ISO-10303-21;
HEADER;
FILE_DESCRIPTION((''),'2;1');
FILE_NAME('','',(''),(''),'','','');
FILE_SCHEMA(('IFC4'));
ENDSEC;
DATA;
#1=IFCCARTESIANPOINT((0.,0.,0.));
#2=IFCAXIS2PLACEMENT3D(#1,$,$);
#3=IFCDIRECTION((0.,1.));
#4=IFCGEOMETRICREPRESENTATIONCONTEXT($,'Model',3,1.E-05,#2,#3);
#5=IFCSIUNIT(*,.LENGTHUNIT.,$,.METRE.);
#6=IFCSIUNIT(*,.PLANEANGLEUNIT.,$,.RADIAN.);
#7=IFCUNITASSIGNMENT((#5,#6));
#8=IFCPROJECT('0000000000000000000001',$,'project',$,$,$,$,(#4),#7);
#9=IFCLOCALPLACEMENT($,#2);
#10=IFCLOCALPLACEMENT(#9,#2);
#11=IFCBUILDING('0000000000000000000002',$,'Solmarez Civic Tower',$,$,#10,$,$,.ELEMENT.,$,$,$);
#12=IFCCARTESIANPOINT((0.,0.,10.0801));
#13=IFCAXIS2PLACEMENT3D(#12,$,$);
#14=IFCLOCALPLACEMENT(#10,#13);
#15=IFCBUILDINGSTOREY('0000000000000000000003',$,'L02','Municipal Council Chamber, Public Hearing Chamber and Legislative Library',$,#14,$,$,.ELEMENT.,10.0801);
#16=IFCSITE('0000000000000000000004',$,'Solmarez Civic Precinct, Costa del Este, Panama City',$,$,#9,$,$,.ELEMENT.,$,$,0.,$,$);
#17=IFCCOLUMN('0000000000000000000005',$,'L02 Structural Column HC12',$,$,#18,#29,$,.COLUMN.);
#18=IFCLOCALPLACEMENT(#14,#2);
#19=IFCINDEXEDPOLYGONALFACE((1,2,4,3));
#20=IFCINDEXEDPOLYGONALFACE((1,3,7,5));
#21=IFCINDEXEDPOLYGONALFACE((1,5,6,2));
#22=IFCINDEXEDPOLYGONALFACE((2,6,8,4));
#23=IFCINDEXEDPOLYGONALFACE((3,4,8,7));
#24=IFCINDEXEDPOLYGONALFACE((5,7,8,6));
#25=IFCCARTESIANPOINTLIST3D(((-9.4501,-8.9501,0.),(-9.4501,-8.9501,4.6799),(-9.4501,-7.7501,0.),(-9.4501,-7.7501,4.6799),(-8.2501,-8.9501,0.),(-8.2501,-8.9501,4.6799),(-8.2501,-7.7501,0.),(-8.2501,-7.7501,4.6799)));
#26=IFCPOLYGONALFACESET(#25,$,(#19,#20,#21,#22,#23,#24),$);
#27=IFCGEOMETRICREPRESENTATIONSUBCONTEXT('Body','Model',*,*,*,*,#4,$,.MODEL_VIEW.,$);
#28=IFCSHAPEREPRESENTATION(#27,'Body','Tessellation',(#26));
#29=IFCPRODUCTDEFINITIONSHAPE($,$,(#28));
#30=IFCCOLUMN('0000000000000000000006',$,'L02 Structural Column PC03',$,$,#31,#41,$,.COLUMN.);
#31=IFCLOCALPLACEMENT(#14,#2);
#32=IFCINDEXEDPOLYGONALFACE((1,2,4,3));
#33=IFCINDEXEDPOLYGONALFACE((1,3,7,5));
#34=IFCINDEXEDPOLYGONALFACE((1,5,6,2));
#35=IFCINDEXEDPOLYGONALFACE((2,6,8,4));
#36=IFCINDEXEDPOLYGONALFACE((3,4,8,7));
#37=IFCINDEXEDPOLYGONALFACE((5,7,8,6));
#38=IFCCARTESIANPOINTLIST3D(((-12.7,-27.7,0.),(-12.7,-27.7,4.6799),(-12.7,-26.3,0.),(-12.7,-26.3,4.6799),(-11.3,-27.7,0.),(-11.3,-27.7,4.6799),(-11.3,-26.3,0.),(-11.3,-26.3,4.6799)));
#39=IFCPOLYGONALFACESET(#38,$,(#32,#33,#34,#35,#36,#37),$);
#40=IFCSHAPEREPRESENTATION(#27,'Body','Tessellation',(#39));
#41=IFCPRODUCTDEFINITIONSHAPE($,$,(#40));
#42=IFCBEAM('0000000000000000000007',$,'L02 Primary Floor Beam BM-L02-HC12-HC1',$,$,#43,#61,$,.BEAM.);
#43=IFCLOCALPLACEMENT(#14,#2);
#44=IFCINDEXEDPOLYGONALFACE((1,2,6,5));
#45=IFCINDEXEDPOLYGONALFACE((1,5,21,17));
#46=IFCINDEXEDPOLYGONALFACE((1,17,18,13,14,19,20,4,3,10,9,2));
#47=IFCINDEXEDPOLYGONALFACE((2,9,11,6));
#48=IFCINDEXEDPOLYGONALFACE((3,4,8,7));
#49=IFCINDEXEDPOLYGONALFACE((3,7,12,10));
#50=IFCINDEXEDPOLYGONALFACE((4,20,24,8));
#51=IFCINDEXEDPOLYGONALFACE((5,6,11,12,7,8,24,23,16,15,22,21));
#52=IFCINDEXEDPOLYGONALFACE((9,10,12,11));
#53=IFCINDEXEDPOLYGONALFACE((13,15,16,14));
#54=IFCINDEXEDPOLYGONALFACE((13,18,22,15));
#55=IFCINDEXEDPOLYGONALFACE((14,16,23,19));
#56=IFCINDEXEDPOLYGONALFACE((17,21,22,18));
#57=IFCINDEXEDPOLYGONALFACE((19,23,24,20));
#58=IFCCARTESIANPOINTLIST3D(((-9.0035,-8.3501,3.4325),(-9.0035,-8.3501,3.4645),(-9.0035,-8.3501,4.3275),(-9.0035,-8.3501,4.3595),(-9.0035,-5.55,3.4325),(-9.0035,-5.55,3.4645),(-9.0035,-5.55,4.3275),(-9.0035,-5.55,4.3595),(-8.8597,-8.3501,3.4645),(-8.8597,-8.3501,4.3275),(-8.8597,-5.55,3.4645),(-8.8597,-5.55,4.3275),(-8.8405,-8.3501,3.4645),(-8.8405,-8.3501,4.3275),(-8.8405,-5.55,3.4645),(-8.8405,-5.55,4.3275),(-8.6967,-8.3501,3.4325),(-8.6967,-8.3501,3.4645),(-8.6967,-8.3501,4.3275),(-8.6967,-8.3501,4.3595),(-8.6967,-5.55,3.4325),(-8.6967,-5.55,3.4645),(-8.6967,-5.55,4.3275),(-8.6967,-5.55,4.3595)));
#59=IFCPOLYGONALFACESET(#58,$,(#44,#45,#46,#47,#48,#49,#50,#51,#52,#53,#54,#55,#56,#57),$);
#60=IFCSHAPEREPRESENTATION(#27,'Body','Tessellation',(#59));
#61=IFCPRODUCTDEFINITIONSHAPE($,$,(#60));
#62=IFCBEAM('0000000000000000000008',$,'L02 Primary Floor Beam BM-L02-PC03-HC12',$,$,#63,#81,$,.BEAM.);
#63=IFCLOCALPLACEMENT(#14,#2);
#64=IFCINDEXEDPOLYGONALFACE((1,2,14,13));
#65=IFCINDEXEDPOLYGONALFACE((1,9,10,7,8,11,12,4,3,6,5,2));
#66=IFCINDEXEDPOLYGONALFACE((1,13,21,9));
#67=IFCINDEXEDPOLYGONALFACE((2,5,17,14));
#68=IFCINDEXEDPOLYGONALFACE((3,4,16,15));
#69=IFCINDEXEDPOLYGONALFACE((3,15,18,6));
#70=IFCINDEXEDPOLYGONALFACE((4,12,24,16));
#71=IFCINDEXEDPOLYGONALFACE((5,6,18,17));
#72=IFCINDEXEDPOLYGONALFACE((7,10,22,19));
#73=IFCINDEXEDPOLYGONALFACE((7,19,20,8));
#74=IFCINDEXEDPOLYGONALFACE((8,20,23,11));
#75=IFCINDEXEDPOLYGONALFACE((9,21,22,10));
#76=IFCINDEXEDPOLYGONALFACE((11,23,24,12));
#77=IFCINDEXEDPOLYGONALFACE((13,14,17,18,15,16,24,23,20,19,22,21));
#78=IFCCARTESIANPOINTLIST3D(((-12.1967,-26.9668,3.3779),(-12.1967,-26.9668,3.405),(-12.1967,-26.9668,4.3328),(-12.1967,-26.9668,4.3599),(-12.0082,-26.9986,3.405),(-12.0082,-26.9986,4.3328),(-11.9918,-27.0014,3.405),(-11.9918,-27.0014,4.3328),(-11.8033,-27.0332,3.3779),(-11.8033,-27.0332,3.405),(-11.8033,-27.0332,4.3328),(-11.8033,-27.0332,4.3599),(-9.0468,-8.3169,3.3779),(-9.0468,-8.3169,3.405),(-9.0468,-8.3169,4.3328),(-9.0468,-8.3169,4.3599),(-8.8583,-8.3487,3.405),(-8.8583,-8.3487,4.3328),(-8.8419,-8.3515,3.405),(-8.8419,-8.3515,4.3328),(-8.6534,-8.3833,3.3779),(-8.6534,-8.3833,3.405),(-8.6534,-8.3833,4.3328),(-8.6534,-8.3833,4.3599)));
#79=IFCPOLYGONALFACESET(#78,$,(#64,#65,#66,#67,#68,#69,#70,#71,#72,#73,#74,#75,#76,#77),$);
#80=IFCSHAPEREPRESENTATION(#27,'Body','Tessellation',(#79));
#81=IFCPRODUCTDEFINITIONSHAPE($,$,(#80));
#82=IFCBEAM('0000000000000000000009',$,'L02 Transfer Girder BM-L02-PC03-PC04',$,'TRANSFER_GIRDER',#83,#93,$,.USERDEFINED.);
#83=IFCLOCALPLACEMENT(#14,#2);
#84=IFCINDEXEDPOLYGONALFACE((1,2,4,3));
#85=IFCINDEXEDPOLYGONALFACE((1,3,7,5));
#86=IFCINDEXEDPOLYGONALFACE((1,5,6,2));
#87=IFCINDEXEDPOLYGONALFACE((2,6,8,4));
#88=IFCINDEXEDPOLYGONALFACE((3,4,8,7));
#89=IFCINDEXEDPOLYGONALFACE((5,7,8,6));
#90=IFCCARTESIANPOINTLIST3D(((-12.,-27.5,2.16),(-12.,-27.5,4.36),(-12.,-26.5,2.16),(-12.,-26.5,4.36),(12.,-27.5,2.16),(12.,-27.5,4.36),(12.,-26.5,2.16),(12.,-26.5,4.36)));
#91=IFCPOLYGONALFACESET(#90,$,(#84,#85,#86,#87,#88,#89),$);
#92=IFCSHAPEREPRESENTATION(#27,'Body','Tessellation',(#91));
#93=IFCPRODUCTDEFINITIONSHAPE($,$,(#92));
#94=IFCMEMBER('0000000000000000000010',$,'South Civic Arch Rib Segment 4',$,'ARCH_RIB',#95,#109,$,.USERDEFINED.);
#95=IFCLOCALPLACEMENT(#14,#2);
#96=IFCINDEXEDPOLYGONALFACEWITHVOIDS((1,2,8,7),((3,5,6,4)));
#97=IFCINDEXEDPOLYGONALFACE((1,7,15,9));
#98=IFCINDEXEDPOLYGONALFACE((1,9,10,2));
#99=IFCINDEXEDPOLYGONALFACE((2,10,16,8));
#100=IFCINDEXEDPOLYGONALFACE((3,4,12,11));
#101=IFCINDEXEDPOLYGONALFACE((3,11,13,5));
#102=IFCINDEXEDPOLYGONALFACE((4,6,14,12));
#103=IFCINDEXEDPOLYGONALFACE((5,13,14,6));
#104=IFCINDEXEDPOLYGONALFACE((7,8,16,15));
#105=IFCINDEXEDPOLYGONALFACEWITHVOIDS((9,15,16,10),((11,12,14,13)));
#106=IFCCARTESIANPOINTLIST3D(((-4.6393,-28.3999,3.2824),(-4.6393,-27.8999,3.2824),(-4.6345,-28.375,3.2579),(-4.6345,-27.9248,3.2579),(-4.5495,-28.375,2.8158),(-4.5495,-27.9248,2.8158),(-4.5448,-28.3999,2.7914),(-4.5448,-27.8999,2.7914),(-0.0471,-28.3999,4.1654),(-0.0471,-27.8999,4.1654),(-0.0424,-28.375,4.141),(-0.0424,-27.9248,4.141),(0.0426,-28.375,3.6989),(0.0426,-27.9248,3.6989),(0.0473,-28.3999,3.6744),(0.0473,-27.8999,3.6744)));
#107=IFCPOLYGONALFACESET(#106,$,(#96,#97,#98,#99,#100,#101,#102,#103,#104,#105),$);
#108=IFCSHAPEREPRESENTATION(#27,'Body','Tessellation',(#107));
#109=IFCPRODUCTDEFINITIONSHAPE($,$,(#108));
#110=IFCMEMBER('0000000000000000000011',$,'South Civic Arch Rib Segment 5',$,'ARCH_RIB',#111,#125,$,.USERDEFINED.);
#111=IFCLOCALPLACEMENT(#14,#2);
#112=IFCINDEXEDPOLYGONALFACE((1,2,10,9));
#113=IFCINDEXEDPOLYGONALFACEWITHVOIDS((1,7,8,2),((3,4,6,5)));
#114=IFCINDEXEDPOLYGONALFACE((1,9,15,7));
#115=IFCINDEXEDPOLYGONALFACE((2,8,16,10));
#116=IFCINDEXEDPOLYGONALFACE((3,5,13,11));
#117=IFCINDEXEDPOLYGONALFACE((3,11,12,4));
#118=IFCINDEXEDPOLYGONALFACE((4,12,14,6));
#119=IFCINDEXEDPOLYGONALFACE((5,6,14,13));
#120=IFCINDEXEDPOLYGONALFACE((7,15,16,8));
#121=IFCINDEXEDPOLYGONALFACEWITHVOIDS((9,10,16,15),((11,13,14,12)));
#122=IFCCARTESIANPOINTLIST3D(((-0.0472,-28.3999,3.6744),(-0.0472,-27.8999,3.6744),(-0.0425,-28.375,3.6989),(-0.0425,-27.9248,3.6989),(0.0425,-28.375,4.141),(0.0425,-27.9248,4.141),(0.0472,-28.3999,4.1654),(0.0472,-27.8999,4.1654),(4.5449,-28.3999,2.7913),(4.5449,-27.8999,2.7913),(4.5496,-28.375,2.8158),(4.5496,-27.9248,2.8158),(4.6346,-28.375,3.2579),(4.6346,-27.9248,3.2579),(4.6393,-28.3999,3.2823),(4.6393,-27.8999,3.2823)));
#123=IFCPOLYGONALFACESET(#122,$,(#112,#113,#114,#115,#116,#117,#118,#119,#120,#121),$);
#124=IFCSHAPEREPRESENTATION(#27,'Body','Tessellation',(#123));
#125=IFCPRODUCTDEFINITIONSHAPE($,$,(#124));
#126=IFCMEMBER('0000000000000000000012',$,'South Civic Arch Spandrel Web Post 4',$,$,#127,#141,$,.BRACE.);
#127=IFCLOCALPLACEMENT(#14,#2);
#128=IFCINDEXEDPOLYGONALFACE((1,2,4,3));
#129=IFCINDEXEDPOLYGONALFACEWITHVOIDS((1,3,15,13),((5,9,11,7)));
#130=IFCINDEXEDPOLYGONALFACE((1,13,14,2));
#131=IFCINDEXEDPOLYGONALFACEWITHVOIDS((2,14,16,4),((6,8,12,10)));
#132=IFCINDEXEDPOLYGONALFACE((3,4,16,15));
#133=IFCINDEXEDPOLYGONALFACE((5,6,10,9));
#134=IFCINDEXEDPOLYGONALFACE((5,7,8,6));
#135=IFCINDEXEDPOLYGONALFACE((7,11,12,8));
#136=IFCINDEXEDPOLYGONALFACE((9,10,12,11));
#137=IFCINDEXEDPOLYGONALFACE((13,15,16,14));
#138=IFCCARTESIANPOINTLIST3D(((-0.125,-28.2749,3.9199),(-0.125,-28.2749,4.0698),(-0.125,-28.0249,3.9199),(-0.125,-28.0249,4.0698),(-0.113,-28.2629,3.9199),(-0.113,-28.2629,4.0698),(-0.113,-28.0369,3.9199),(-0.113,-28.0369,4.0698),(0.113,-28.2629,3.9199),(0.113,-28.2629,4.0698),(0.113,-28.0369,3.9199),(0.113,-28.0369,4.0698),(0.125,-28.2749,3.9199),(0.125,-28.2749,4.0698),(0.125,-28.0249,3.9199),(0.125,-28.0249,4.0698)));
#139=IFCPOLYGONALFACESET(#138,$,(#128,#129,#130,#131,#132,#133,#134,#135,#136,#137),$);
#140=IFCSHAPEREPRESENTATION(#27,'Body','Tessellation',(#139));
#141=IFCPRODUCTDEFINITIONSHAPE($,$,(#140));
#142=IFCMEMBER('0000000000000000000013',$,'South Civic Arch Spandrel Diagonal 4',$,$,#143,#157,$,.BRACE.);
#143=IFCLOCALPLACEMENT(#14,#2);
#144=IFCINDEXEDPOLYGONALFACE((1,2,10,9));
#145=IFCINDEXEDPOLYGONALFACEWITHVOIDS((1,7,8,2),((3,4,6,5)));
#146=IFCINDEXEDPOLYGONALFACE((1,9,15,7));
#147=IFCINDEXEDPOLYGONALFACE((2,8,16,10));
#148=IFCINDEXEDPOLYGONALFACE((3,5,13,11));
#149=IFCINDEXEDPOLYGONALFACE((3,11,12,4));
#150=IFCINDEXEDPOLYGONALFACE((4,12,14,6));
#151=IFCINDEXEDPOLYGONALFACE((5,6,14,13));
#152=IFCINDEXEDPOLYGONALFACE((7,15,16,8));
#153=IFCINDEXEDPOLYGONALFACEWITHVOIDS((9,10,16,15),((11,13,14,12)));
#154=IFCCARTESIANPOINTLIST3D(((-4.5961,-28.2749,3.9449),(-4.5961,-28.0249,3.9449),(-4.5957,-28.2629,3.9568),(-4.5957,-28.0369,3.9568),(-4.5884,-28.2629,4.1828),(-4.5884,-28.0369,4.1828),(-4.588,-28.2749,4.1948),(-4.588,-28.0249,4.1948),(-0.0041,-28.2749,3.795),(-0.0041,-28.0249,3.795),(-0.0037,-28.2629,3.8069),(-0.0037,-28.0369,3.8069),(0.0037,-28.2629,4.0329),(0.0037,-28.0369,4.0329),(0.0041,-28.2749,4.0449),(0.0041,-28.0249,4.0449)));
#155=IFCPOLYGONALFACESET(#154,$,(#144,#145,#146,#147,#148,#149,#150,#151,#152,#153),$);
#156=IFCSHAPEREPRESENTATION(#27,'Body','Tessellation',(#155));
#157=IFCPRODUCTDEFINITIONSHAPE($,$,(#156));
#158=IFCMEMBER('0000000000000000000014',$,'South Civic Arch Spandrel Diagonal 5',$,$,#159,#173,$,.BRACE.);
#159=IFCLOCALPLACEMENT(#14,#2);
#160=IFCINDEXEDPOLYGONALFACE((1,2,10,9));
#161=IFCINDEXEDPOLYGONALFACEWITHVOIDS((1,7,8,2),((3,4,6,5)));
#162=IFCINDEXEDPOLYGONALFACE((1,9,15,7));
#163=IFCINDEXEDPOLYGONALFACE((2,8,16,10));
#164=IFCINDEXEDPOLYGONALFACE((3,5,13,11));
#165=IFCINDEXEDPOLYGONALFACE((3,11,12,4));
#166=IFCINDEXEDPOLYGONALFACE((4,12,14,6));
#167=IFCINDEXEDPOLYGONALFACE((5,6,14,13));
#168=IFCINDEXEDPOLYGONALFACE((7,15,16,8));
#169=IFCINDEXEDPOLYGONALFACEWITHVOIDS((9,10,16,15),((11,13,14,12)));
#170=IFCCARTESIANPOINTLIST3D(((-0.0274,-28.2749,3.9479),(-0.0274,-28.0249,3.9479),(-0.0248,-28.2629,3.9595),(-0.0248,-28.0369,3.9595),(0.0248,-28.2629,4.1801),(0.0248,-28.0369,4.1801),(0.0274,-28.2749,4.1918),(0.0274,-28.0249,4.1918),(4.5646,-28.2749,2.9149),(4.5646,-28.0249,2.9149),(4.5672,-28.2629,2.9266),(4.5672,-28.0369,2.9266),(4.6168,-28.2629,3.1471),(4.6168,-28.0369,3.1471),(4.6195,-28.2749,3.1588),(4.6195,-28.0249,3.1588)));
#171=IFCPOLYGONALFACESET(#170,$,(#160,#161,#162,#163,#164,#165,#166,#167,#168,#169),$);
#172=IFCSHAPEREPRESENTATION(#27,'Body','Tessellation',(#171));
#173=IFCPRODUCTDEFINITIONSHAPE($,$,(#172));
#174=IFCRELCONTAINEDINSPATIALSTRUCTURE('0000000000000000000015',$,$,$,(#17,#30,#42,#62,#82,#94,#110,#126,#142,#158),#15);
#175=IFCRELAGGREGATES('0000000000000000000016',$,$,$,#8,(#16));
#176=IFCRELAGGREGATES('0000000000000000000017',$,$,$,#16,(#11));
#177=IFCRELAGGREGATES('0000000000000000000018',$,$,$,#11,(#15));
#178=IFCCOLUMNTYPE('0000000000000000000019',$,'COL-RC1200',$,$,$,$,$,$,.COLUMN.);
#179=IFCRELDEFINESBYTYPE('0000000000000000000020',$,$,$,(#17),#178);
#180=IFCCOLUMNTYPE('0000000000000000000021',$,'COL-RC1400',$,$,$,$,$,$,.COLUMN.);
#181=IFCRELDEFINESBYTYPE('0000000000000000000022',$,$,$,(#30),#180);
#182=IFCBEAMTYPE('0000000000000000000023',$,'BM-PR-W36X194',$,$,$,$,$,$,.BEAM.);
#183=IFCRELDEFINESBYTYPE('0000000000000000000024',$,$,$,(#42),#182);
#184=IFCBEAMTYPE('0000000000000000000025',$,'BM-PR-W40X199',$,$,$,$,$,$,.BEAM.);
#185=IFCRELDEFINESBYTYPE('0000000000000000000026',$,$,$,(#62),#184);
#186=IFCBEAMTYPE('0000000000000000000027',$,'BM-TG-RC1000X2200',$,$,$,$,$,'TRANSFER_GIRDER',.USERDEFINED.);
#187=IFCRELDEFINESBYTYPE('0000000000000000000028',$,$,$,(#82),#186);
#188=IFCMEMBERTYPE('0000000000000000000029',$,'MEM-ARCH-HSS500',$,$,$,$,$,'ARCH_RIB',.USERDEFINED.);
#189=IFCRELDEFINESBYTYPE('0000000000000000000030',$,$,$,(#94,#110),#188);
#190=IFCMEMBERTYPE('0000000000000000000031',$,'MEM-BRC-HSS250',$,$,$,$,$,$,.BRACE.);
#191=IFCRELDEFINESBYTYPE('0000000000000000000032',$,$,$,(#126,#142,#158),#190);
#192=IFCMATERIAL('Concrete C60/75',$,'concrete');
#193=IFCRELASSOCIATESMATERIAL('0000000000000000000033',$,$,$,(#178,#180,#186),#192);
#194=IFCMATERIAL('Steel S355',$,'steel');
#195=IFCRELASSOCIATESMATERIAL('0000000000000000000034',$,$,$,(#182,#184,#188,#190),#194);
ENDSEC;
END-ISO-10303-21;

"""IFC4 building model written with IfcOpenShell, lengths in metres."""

from ifc_helpers import new_model, si_unit, direction, frame, origin, origin_2d, place, context, subcontext, project, spatial, rectangle, hollow_rectangle, i_section, extrude, material, material_profile, profile_set, type_object, element, save


model = new_model("IFC4")

# Units and contexts
model_context = context("Model", 3, precision=1e-05, world=origin(), true_north=direction((0.0, 1.0)))
body_context = subcontext(model_context, "Body", "Model", "MODEL_VIEW")
ifc_project = project(units=[si_unit("LENGTHUNIT", "METRE"), si_unit("PLANEANGLEUNIT", "RADIAN")], contexts=[model_context])

# Site, building, storey
site_placement = place(None, origin())
site = spatial("IfcSite", under=ifc_project, at=site_placement, Name="Solmarez Civic Precinct, Costa del Este, Panama City", CompositionType="ELEMENT", RefElevation=0.0)
building_placement = place(site_placement, origin())
building = spatial("IfcBuilding", under=site, at=building_placement, Name="Solmarez Civic Tower", CompositionType="ELEMENT")
storey_placement = place(building_placement, frame((0.0, 0.0, 10.0801)))
storey = spatial("IfcBuildingStorey", under=building, at=storey_placement, Name="L02", Description="Municipal Council Chamber, Public Hearing Chamber and Legislative Library", CompositionType="ELEMENT", Elevation=10.0801)

# Columns
ifc_material_1 = material(Name="Concrete C60/75", Category="concrete")
ifc_material_profile_1 = material_profile(ifc_material_1, rectangle(XDim=1.2, YDim=1.2, at=origin_2d()), Name="RC1200X1200")
ifc_profile_set_1 = profile_set([ifc_material_profile_1], Name="Concrete C60/75")
column_type_1 = type_object("IfcColumnType", Name="COL-RC1200", PredefinedType="COLUMN", material=ifc_profile_set_1)
column_1_placement = place(storey_placement, frame((-8.8501, -8.3501, 0.0), z_axis=(0.0, 0.0, 1.0), x_axis=(1.0, 0.0, 0.0)))
element("IfcColumn", 1, at=column_1_placement, inside=storey, type_object=column_type_1, Name="L02 Structural Column HC12", PredefinedType="COLUMN", context=body_context, shape_type="SweptSolid", body=[
    extrude(rectangle(XDim=1.2, YDim=1.2, at=origin_2d()), origin(), (0.0, 0.0, 1.0), 4.6799),
])
ifc_material_profile_2 = material_profile(ifc_material_1, rectangle(XDim=1.3999, YDim=1.3999, at=origin_2d()), Name="RC1400X1400")
ifc_profile_set_2 = profile_set([ifc_material_profile_2], Name="Concrete C60/75")
column_type_2 = type_object("IfcColumnType", Name="COL-RC1400", PredefinedType="COLUMN", material=ifc_profile_set_2)
column_2_placement = place(storey_placement, frame((-12.0, -27.0, 0.0), z_axis=(0.0, 0.0, 1.0), x_axis=(1.0, 0.0, 0.0)))
element("IfcColumn", 2, at=column_2_placement, inside=storey, type_object=column_type_2, Name="L02 Structural Column PC03", PredefinedType="COLUMN", context=body_context, shape_type="SweptSolid", body=[
    extrude(rectangle(XDim=1.3999, YDim=1.3999, at=origin_2d()), origin(), (0.0, 0.0, 1.0), 4.6799),
])

# Beams
ifc_material_2 = material(Name="Steel S355", Category="steel")
ifc_material_profile_3 = material_profile(ifc_material_2, i_section(OverallWidth=0.3069, OverallDepth=0.927, WebThickness=0.0193, FlangeThickness=0.032, at=origin_2d()), Name="W36X194")
ifc_profile_set_3 = profile_set([ifc_material_profile_3], Name="Steel S355")
beam_type_1 = type_object("IfcBeamType", Name="BM-PR-W36X194", PredefinedType="BEAM", material=ifc_profile_set_3)
beam_1_placement = place(storey_placement, frame((-8.8501, -8.3501, 3.896), z_axis=(0.0, 1.0, 0.0), x_axis=(-1.0, 0.0, 0.0)))
element("IfcBeam", 3, at=beam_1_placement, inside=storey, type_object=beam_type_1, Name="L02 Primary Floor Beam BM-L02-HC12-HC1", PredefinedType="BEAM", context=body_context, shape_type="SweptSolid", body=[
    extrude(i_section(OverallWidth=0.3069, OverallDepth=0.927, WebThickness=0.0193, FlangeThickness=0.032, at=origin_2d()), origin(), (0.0, 0.0, 1.0), 2.8),
])
ifc_material_profile_4 = material_profile(ifc_material_2, i_section(OverallWidth=0.3989, OverallDepth=0.9819, WebThickness=0.0166, FlangeThickness=0.0271, at=origin_2d()), Name="W40X199")
ifc_profile_set_4 = profile_set([ifc_material_profile_4], Name="Steel S355")
beam_type_2 = type_object("IfcBeamType", Name="BM-PR-W40X199", PredefinedType="BEAM", material=ifc_profile_set_4)
beam_2_placement = place(storey_placement, frame((-12.0, -27.0, 3.8689), z_axis=(0.166538, 0.986035, 0.0), x_axis=(-0.986035, 0.166538, 0.0)))
element("IfcBeam", 4, at=beam_2_placement, inside=storey, type_object=beam_type_2, Name="L02 Primary Floor Beam BM-L02-PC03-HC12", PredefinedType="BEAM", context=body_context, shape_type="SweptSolid", body=[
    extrude(i_section(OverallWidth=0.3989, OverallDepth=0.9819, WebThickness=0.0166, FlangeThickness=0.0271, at=origin_2d()), origin(), (0.0, 0.0, 1.0), 18.9141),
])
ifc_material_profile_5 = material_profile(ifc_material_1, rectangle(XDim=1.0, YDim=2.2, at=origin_2d()), Name="RC1000X2200")
ifc_profile_set_5 = profile_set([ifc_material_profile_5], Name="Concrete C60/75")
beam_type_3 = type_object("IfcBeamType", Name="BM-TG-RC1000X2200", ElementType="TRANSFER_GIRDER", PredefinedType="USERDEFINED", material=ifc_profile_set_5)
beam_3_placement = place(storey_placement, frame((-12.0, -27.0, 3.26), z_axis=(1.0, 0.0, 0.0), x_axis=(0.0, 1.0, 0.0)))
element("IfcBeam", 5, at=beam_3_placement, inside=storey, type_object=beam_type_3, Name="L02 Transfer Girder BM-L02-PC03-PC04", ObjectType="TRANSFER_GIRDER", PredefinedType="USERDEFINED", context=body_context, shape_type="SweptSolid", body=[
    extrude(rectangle(XDim=1.0, YDim=2.2, at=origin_2d()), origin(), (0.0, 0.0, 1.0), 24.0),
])

# Members
ifc_material_profile_6 = material_profile(ifc_material_2, hollow_rectangle(XDim=0.5, YDim=0.5, WallThickness=0.0249, at=origin_2d()), Name="HSS500X500X25")
ifc_profile_set_6 = profile_set([ifc_material_profile_6], Name="Steel S355")
member_type_1 = type_object("IfcMemberType", Name="MEM-ARCH-HSS500", ElementType="ARCH_RIB", PredefinedType="USERDEFINED", material=ifc_profile_set_6)
for number, where, z_axis, x_axis, name in (
    (6, (-4.592, -28.1499, 3.0369), (0.982008, 0.0, 0.188842), (0.0, 1.0, 0.0), "South Civic Arch Rib Segment 4"),
    (7, (0.0, -28.1499, 3.9199), (0.982008, 0.0, -0.188842), (0.0, 1.0, 0.0), "South Civic Arch Rib Segment 5"),
):
    element("IfcMember", number, at=place(storey_placement, frame(where, z_axis=z_axis, x_axis=x_axis)), inside=storey, type_object=member_type_1, Name=name, ObjectType="ARCH_RIB", PredefinedType="USERDEFINED", context=body_context, shape_type="SweptSolid", body=[
        extrude(hollow_rectangle(XDim=0.5, YDim=0.5, WallThickness=0.0249, at=origin_2d()), origin(), (0.0, 0.0, 1.0), 4.6763),
    ])
ifc_material_profile_7 = material_profile(ifc_material_2, hollow_rectangle(XDim=0.25, YDim=0.25, WallThickness=0.012, at=origin_2d()), Name="HSS250X250X12")
ifc_profile_set_7 = profile_set([ifc_material_profile_7], Name="Steel S355")
member_type_2 = type_object("IfcMemberType", Name="MEM-BRC-HSS250", PredefinedType="BRACE", material=ifc_profile_set_7)
member_1_placement = place(storey_placement, frame((0.0, -28.1499, 3.9199), z_axis=(0.0, 0.0, 1.0), x_axis=(1.0, 0.0, 0.0)))
element("IfcMember", 8, at=member_1_placement, inside=storey, type_object=member_type_2, Name="South Civic Arch Spandrel Web Post 4", PredefinedType="BRACE", context=body_context, shape_type="SweptSolid", body=[
    extrude(hollow_rectangle(XDim=0.25, YDim=0.25, WallThickness=0.012, at=origin_2d()), origin(), (0.0, 0.0, 1.0), 0.1499),
])
member_2_placement = place(storey_placement, frame((-4.592, -28.1499, 4.0698), z_axis=(0.999468, 0.0, -0.032627), x_axis=(0.0, 1.0, 0.0)))
element("IfcMember", 9, at=member_2_placement, inside=storey, type_object=member_type_2, Name="South Civic Arch Spandrel Diagonal 4", PredefinedType="BRACE", context=body_context, shape_type="SweptSolid", body=[
    extrude(hollow_rectangle(XDim=0.25, YDim=0.25, WallThickness=0.012, at=origin_2d()), origin(), (0.0, 0.0, 1.0), 4.5945),
])
member_3_placement = place(storey_placement, frame((0.0, -28.1499, 4.0698), z_axis=(0.975621, 0.0, -0.219462), x_axis=(0.0, 1.0, 0.0)))
element("IfcMember", 10, at=member_3_placement, inside=storey, type_object=member_type_2, Name="South Civic Arch Spandrel Diagonal 5", PredefinedType="BRACE", context=body_context, shape_type="SweptSolid", body=[
    extrude(hollow_rectangle(XDim=0.25, YDim=0.25, WallThickness=0.012, at=origin_2d()), origin(), (0.0, 0.0, 1.0), 4.7068),
])

save(model, "model.ifc")
